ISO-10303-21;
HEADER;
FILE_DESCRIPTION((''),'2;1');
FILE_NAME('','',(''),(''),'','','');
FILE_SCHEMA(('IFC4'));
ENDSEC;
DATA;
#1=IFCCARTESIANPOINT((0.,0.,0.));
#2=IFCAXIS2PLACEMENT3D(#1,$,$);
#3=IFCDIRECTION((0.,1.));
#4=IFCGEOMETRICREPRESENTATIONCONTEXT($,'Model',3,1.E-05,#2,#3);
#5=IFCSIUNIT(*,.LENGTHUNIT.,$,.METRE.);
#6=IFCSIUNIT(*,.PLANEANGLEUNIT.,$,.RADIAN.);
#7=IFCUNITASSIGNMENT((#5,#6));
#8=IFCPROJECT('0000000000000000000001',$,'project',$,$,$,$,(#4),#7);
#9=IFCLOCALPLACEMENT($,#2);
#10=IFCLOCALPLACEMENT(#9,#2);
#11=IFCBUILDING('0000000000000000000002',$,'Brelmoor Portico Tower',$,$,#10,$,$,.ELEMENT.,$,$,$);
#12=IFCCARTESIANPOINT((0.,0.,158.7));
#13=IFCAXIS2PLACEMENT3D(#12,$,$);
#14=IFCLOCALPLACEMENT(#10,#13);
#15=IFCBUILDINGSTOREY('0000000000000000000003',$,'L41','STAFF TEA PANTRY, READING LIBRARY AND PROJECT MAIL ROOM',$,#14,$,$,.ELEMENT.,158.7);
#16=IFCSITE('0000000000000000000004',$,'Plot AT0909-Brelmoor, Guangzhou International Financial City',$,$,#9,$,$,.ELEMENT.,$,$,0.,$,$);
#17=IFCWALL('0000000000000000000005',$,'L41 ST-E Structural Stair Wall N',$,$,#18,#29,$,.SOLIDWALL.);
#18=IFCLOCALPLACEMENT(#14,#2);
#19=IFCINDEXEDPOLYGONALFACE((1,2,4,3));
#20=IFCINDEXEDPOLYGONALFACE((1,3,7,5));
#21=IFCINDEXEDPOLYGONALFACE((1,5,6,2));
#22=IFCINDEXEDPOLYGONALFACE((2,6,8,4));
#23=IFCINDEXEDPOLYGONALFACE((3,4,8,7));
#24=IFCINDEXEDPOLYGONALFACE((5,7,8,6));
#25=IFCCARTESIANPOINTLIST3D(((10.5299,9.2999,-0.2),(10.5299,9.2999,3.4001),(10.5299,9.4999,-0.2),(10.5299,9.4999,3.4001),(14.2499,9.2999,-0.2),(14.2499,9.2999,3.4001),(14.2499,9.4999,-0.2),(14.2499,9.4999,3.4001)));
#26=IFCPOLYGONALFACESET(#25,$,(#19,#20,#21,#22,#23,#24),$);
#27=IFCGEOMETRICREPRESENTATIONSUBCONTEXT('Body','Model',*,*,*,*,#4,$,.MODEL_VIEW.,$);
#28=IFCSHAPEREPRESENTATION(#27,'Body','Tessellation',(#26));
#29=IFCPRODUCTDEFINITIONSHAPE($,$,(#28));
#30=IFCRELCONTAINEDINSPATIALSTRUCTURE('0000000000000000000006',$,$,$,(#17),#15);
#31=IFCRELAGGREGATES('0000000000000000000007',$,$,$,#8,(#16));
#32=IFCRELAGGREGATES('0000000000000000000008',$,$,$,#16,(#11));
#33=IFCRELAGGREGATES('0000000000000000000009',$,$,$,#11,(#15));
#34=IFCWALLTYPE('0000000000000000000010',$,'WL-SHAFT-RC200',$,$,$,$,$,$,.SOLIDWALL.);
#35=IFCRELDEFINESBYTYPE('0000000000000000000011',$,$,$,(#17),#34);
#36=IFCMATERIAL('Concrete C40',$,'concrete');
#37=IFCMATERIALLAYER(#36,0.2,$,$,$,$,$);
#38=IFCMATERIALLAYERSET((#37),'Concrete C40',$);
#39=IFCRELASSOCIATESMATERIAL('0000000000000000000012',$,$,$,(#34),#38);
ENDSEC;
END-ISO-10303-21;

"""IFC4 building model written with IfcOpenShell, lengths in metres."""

from ifc_helpers import new_model, si_unit, direction, frame, frame_2d, origin, place, context, subcontext, project, spatial, rectangle, extrude, material, layer, layer_set, type_object, element, save


model = new_model("IFC4")

# Units and contexts
model_context = context("Model", 3, precision=1e-05, world=origin(), true_north=direction((0.0, 1.0)))
body_context = subcontext(model_context, "Body", "Model", "MODEL_VIEW")
ifc_project = project(units=[si_unit("LENGTHUNIT", "METRE"), si_unit("PLANEANGLEUNIT", "RADIAN")], contexts=[model_context])

# Site, building, storey
site_placement = place(None, origin())
site = spatial("IfcSite", under=ifc_project, at=site_placement, Name="Plot AT0909-Brelmoor, Guangzhou International Financial City", CompositionType="ELEMENT", RefElevation=0.0)
building_placement = place(site_placement, origin())
building = spatial("IfcBuilding", under=site, at=building_placement, Name="Brelmoor Portico Tower", CompositionType="ELEMENT")
storey_placement = place(building_placement, frame((0.0, 0.0, 158.7)))
storey = spatial("IfcBuildingStorey", under=building, at=storey_placement, Name="L41", Description="STAFF TEA PANTRY, READING LIBRARY AND PROJECT MAIL ROOM", CompositionType="ELEMENT", Elevation=158.7)

# Wall
ifc_material_1 = material(Name="Concrete C40", Category="concrete")
ifc_layer_1 = layer(ifc_material_1, 0.2)
ifc_layer_set_1 = layer_set([ifc_layer_1], Name="Concrete C40")
wall_type_1 = type_object("IfcWallType", Name="WL-SHAFT-RC200", PredefinedType="SOLIDWALL", material=ifc_layer_set_1)
wall_1_placement = place(storey_placement, frame((10.53, 9.3999, -0.2), z_axis=(0.0, 0.0, 1.0), x_axis=(1.0, 0.0, 0.0)))
element("IfcWall", 1, at=wall_1_placement, inside=storey, type_object=wall_type_1, Name="L41 ST-E Structural Stair Wall N", PredefinedType="SOLIDWALL", context=body_context, shape_type="SweptSolid", body=[
    extrude(rectangle(XDim=3.72, YDim=0.2, at=frame_2d((1.8599, 0.0))), origin(), (0.0, 0.0, 1.0), 3.6001),
])

save(model, "model.ifc")
